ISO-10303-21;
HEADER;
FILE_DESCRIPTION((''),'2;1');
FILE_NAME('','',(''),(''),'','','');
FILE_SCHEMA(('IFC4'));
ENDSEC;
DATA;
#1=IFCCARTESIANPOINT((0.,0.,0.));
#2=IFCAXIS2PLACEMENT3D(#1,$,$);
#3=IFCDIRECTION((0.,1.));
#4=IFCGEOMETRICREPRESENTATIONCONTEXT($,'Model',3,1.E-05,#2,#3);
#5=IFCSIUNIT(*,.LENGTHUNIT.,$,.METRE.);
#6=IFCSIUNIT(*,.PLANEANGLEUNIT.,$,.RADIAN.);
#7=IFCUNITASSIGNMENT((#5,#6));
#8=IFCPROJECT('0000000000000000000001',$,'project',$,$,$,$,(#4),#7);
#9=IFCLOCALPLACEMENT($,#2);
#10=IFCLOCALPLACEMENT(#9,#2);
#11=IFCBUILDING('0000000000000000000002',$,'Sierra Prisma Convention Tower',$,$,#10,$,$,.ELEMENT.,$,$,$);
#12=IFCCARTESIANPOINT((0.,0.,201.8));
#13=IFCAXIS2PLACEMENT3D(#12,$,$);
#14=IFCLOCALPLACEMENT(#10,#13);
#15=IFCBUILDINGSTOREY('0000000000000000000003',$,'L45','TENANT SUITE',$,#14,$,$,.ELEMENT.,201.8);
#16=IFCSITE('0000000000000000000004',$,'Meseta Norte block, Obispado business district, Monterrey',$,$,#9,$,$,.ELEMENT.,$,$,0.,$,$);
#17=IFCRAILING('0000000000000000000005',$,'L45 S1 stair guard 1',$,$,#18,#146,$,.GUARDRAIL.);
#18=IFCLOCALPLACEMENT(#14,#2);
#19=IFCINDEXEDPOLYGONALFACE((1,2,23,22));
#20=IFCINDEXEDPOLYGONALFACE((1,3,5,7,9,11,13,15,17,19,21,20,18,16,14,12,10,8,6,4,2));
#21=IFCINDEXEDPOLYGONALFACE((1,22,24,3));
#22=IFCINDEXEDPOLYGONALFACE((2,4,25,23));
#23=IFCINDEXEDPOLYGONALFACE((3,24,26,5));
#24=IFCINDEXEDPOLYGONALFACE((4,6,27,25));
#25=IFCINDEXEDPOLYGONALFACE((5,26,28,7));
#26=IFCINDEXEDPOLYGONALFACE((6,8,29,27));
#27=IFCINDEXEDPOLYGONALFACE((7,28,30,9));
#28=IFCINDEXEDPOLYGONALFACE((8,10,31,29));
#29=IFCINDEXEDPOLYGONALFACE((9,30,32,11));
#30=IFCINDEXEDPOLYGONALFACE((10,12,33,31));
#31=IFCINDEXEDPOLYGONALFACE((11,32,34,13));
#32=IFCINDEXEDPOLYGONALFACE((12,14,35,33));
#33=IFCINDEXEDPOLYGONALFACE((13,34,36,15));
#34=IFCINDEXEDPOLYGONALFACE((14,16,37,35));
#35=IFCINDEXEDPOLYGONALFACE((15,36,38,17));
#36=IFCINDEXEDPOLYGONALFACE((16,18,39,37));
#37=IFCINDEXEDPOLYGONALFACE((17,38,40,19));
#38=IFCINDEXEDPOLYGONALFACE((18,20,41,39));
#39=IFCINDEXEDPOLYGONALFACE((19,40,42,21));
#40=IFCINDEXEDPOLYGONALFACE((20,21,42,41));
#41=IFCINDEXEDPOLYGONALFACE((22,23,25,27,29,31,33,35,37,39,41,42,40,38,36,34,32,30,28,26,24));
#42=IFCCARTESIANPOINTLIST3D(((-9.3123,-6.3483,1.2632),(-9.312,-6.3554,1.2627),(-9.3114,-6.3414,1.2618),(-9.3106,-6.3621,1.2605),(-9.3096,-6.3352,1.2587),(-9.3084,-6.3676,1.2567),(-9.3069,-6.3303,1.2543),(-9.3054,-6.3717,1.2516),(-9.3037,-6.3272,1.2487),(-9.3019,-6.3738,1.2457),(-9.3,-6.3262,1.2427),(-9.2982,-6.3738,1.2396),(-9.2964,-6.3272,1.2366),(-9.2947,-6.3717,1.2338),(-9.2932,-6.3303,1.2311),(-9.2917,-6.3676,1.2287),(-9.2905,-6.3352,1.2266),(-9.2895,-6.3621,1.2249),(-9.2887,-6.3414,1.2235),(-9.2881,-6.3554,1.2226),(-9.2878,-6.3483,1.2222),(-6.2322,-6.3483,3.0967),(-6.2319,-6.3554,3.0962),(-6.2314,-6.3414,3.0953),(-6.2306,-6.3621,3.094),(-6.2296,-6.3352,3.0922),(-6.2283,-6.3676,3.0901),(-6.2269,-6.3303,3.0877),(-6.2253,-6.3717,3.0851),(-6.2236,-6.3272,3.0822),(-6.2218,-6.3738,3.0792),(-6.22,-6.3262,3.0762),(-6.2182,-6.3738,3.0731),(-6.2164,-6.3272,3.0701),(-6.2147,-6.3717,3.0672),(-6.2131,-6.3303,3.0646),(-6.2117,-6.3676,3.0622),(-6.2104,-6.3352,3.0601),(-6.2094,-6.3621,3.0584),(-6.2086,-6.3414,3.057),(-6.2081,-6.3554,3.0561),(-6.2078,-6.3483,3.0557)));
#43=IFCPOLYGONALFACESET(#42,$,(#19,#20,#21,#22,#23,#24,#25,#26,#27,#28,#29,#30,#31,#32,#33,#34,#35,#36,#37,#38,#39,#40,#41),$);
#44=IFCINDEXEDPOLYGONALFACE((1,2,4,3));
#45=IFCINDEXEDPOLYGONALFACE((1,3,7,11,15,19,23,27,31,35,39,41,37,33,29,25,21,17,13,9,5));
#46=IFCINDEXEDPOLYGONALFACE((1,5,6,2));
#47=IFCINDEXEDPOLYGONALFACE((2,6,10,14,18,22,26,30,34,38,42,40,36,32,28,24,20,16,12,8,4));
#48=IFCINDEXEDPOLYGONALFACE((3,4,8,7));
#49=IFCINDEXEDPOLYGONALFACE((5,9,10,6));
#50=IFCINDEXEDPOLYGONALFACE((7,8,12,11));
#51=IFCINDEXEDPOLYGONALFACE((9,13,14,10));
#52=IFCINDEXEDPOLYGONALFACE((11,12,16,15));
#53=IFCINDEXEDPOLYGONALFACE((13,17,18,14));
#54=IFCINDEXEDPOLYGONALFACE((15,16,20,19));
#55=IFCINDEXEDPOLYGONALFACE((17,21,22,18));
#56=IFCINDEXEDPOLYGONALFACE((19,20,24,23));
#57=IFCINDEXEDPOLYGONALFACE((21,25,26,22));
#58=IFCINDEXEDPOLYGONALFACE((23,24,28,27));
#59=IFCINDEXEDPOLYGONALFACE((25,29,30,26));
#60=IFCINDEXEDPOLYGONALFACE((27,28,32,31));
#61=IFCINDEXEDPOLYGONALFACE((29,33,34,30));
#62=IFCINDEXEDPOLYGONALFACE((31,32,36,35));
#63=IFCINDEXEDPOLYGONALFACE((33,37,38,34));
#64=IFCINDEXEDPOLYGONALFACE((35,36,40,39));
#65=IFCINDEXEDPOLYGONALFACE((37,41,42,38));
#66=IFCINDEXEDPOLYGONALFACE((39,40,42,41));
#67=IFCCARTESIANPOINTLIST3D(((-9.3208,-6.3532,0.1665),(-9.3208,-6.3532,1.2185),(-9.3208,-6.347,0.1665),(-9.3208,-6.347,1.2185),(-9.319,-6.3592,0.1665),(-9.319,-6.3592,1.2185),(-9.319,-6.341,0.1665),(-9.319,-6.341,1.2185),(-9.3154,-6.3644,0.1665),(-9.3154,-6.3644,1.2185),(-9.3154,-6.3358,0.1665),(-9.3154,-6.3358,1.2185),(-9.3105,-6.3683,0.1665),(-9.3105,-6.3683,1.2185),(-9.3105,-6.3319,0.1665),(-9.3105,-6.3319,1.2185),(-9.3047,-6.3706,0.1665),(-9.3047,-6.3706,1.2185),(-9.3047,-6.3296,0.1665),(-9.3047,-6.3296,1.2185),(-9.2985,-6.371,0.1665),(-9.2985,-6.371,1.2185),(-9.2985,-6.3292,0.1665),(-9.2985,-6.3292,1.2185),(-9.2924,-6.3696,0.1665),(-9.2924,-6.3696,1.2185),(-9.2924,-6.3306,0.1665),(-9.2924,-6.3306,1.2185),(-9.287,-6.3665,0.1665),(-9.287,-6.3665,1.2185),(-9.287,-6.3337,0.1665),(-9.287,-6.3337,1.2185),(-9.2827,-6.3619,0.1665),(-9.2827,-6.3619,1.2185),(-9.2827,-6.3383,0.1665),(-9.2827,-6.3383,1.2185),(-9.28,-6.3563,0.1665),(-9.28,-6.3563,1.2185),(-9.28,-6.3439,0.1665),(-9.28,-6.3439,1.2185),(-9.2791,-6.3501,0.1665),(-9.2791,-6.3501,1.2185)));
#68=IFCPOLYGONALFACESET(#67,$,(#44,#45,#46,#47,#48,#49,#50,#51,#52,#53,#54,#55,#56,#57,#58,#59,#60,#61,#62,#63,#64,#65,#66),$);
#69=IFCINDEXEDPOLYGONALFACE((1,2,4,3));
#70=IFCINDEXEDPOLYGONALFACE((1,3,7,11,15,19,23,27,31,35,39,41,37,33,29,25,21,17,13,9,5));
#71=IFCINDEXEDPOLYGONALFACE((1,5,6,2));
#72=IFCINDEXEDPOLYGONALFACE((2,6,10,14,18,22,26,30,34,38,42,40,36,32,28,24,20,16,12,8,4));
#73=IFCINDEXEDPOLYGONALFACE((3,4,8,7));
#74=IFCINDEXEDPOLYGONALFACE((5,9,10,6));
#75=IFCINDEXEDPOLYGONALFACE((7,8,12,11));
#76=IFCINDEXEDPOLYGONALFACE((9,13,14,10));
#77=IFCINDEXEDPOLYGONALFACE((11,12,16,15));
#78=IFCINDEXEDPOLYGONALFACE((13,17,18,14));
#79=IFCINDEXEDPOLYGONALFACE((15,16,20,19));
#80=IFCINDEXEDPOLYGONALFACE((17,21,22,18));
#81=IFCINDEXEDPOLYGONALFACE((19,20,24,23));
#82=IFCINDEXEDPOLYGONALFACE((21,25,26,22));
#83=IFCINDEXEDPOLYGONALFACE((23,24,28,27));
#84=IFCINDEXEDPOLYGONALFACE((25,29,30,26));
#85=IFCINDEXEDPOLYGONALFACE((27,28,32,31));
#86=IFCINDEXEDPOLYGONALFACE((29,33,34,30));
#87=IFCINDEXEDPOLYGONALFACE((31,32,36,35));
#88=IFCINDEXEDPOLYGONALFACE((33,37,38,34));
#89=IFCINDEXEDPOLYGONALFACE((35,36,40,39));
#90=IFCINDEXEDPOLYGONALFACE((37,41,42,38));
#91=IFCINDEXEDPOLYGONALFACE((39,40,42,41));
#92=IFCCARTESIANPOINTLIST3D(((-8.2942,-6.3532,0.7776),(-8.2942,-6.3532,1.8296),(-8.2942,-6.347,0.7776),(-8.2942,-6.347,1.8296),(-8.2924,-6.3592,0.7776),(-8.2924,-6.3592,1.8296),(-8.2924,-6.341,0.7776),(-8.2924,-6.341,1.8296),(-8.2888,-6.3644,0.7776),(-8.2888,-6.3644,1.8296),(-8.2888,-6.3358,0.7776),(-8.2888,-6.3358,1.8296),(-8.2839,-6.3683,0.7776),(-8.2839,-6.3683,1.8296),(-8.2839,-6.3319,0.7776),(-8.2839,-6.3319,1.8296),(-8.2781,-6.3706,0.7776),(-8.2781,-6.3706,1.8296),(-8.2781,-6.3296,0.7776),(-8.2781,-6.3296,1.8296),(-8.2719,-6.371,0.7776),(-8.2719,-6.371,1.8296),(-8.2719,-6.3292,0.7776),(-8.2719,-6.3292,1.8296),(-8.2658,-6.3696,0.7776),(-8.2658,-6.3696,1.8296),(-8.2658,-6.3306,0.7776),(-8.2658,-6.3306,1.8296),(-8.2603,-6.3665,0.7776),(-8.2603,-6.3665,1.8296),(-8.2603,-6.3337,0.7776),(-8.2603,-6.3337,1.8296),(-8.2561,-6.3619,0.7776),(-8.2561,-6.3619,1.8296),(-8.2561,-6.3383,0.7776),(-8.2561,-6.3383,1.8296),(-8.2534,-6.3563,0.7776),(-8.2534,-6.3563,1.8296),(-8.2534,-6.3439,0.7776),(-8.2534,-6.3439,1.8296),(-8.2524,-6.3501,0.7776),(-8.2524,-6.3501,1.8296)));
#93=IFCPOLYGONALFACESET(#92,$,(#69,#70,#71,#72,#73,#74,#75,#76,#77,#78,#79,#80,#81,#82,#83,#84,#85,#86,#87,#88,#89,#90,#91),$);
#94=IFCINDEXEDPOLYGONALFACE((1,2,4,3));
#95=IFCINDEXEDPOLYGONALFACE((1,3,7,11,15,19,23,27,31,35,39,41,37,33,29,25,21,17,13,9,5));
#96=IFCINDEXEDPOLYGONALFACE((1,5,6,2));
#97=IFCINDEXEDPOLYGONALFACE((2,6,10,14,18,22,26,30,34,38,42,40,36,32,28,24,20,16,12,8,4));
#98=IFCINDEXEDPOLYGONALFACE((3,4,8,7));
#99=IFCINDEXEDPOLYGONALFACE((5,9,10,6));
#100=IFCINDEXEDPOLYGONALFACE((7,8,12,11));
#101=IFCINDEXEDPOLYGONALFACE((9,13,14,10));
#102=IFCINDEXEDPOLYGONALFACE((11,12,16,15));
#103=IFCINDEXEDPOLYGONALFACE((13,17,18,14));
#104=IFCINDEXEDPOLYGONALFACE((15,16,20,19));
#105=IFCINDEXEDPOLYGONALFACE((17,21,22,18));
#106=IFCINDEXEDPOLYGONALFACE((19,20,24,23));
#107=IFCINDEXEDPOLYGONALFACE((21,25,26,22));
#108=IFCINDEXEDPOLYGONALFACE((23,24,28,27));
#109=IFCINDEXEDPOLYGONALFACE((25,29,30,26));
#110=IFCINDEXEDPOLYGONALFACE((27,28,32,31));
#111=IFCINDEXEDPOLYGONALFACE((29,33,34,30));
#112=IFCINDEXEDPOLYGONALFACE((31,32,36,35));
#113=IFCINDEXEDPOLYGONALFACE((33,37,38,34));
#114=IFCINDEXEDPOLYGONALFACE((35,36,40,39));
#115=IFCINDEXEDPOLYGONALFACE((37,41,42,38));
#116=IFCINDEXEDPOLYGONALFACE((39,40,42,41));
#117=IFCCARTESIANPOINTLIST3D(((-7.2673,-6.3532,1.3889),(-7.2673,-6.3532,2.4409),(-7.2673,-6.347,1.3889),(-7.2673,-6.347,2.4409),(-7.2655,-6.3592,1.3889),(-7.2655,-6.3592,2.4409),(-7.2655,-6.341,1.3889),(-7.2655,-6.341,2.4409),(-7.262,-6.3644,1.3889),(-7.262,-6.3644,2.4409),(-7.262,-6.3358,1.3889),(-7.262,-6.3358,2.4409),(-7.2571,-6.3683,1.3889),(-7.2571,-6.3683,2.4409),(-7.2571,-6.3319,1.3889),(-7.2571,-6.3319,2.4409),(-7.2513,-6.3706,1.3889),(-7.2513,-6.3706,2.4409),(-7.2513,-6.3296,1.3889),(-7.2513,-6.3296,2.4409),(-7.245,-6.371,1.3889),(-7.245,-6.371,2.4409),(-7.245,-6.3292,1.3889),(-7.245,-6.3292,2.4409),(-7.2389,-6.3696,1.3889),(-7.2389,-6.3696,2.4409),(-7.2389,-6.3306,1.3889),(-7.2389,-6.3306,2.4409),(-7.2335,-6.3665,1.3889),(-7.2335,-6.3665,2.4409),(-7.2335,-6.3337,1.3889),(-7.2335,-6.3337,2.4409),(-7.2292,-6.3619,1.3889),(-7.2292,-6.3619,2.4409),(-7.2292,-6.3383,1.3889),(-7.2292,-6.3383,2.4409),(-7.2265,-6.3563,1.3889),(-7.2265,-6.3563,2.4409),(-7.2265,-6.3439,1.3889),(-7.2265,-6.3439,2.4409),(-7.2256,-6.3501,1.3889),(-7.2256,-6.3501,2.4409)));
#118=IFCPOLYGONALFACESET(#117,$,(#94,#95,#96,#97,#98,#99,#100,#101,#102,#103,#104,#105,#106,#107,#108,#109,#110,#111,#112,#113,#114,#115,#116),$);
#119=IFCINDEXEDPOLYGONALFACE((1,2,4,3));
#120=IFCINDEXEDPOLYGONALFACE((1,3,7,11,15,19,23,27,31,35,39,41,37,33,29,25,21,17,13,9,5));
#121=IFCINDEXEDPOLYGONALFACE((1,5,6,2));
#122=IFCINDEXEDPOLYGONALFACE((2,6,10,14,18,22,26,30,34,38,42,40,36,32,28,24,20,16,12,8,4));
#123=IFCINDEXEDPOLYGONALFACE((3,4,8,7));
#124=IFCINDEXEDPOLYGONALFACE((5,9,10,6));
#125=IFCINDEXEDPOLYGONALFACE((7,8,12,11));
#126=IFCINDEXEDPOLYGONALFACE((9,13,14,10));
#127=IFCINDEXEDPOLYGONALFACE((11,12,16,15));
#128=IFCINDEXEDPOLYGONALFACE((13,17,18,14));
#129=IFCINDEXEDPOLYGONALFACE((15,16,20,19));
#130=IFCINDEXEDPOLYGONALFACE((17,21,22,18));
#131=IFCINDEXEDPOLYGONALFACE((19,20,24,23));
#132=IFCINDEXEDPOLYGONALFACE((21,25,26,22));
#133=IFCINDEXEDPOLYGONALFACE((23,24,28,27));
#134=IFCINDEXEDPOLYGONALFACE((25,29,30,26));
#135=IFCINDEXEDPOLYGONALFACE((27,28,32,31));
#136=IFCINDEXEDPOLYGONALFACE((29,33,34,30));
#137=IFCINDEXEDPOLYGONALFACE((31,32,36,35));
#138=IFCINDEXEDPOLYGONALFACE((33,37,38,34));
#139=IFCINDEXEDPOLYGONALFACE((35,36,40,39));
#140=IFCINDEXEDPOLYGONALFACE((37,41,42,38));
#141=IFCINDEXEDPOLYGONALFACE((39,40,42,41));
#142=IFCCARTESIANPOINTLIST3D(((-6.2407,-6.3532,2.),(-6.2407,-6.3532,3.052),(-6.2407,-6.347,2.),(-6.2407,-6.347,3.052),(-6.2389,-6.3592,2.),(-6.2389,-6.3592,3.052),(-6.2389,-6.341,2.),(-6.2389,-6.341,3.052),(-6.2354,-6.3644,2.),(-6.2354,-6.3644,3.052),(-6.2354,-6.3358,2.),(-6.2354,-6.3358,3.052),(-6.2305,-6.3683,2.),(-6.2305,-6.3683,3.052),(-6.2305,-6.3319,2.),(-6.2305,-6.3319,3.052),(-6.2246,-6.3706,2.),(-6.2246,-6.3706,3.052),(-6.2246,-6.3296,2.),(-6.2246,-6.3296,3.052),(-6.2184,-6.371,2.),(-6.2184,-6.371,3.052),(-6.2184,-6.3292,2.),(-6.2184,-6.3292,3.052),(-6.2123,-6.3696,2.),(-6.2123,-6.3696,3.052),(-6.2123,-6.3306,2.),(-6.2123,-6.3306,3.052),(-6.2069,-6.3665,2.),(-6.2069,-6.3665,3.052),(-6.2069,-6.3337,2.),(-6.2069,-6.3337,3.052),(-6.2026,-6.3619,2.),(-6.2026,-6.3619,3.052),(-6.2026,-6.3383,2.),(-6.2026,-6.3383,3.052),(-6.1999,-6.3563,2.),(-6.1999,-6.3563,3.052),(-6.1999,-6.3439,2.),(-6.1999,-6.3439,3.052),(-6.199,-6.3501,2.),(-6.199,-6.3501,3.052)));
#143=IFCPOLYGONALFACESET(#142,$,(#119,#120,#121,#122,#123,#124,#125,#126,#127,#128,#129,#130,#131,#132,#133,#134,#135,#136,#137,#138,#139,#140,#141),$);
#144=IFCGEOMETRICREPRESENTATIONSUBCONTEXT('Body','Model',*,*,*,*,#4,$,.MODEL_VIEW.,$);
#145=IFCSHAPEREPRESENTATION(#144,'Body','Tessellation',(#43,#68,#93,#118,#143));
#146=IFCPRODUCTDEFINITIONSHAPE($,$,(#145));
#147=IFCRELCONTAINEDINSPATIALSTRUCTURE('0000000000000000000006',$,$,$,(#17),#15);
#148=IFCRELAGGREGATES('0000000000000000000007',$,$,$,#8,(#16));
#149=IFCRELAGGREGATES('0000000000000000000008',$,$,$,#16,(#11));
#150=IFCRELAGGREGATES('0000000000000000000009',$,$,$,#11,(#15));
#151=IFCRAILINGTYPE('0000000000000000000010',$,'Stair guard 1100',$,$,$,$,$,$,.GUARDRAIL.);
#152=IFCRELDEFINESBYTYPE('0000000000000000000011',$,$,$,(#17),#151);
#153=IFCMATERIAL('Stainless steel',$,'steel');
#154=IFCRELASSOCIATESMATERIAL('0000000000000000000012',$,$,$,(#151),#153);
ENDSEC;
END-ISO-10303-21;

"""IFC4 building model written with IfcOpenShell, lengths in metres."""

from ifc_helpers import new_model, si_unit, direction, frame, origin, origin_2d, place, context, subcontext, project, spatial, circle, extrude, material, type_object, element, save


model = new_model("IFC4")

# Units and contexts
model_context = context("Model", 3, precision=1e-05, world=origin(), true_north=direction((0.0, 1.0)))
body_context = subcontext(model_context, "Body", "Model", "MODEL_VIEW")
ifc_project = project(units=[si_unit("LENGTHUNIT", "METRE"), si_unit("PLANEANGLEUNIT", "RADIAN")], contexts=[model_context])

# Site, building, storey
site_placement = place(None, origin())
site = spatial("IfcSite", under=ifc_project, at=site_placement, Name="Meseta Norte block, Obispado business district, Monterrey", CompositionType="ELEMENT", RefElevation=0.0)
building_placement = place(site_placement, origin())
building = spatial("IfcBuilding", under=site, at=building_placement, Name="Sierra Prisma Convention Tower", CompositionType="ELEMENT")
storey_placement = place(building_placement, frame((0.0, 0.0, 201.8)))
storey = spatial("IfcBuildingStorey", under=building, at=storey_placement, Name="L45", Description="TENANT SUITE", CompositionType="ELEMENT", Elevation=201.8)

# Railing
ifc_material_1 = material(Name="Stainless steel", Category="steel")
railing_type_1 = type_object("IfcRailingType", Name="Stair guard 1100", PredefinedType="GUARDRAIL", material=ifc_material_1)
railing_1_placement = place(storey_placement, frame((-9.3, -6.3501, 0.1665)))
element("IfcRailing", 1, at=railing_1_placement, inside=storey, type_object=railing_type_1, Name="L45 S1 stair guard 1", PredefinedType="GUARDRAIL", context=body_context, shape_type="SweptSolid", body=[
    extrude(circle(Radius=0.0239, at=origin_2d()), frame((0.0, 0.0, 1.0762), z_axis=(0.859279, 0.0, 0.511508), x_axis=(0.0, 1.0, 0.0)), (0.0, 0.0, 1.0), 3.5845),
    extrude(circle(Radius=0.021, at=origin_2d()), origin(), (0.0, 0.0, 1.0), 1.052),
    extrude(circle(Radius=0.021, at=origin_2d()), frame((1.0266, 0.0, 0.6111)), (0.0, 0.0, 1.0), 1.052),
    extrude(circle(Radius=0.021, at=origin_2d()), frame((2.0535, 0.0, 1.2224)), (0.0, 0.0, 1.0), 1.052),
    extrude(circle(Radius=0.021, at=origin_2d()), frame((3.0801, 0.0, 1.8335)), (0.0, 0.0, 1.0), 1.052),
])

save(model, "model.ifc")
